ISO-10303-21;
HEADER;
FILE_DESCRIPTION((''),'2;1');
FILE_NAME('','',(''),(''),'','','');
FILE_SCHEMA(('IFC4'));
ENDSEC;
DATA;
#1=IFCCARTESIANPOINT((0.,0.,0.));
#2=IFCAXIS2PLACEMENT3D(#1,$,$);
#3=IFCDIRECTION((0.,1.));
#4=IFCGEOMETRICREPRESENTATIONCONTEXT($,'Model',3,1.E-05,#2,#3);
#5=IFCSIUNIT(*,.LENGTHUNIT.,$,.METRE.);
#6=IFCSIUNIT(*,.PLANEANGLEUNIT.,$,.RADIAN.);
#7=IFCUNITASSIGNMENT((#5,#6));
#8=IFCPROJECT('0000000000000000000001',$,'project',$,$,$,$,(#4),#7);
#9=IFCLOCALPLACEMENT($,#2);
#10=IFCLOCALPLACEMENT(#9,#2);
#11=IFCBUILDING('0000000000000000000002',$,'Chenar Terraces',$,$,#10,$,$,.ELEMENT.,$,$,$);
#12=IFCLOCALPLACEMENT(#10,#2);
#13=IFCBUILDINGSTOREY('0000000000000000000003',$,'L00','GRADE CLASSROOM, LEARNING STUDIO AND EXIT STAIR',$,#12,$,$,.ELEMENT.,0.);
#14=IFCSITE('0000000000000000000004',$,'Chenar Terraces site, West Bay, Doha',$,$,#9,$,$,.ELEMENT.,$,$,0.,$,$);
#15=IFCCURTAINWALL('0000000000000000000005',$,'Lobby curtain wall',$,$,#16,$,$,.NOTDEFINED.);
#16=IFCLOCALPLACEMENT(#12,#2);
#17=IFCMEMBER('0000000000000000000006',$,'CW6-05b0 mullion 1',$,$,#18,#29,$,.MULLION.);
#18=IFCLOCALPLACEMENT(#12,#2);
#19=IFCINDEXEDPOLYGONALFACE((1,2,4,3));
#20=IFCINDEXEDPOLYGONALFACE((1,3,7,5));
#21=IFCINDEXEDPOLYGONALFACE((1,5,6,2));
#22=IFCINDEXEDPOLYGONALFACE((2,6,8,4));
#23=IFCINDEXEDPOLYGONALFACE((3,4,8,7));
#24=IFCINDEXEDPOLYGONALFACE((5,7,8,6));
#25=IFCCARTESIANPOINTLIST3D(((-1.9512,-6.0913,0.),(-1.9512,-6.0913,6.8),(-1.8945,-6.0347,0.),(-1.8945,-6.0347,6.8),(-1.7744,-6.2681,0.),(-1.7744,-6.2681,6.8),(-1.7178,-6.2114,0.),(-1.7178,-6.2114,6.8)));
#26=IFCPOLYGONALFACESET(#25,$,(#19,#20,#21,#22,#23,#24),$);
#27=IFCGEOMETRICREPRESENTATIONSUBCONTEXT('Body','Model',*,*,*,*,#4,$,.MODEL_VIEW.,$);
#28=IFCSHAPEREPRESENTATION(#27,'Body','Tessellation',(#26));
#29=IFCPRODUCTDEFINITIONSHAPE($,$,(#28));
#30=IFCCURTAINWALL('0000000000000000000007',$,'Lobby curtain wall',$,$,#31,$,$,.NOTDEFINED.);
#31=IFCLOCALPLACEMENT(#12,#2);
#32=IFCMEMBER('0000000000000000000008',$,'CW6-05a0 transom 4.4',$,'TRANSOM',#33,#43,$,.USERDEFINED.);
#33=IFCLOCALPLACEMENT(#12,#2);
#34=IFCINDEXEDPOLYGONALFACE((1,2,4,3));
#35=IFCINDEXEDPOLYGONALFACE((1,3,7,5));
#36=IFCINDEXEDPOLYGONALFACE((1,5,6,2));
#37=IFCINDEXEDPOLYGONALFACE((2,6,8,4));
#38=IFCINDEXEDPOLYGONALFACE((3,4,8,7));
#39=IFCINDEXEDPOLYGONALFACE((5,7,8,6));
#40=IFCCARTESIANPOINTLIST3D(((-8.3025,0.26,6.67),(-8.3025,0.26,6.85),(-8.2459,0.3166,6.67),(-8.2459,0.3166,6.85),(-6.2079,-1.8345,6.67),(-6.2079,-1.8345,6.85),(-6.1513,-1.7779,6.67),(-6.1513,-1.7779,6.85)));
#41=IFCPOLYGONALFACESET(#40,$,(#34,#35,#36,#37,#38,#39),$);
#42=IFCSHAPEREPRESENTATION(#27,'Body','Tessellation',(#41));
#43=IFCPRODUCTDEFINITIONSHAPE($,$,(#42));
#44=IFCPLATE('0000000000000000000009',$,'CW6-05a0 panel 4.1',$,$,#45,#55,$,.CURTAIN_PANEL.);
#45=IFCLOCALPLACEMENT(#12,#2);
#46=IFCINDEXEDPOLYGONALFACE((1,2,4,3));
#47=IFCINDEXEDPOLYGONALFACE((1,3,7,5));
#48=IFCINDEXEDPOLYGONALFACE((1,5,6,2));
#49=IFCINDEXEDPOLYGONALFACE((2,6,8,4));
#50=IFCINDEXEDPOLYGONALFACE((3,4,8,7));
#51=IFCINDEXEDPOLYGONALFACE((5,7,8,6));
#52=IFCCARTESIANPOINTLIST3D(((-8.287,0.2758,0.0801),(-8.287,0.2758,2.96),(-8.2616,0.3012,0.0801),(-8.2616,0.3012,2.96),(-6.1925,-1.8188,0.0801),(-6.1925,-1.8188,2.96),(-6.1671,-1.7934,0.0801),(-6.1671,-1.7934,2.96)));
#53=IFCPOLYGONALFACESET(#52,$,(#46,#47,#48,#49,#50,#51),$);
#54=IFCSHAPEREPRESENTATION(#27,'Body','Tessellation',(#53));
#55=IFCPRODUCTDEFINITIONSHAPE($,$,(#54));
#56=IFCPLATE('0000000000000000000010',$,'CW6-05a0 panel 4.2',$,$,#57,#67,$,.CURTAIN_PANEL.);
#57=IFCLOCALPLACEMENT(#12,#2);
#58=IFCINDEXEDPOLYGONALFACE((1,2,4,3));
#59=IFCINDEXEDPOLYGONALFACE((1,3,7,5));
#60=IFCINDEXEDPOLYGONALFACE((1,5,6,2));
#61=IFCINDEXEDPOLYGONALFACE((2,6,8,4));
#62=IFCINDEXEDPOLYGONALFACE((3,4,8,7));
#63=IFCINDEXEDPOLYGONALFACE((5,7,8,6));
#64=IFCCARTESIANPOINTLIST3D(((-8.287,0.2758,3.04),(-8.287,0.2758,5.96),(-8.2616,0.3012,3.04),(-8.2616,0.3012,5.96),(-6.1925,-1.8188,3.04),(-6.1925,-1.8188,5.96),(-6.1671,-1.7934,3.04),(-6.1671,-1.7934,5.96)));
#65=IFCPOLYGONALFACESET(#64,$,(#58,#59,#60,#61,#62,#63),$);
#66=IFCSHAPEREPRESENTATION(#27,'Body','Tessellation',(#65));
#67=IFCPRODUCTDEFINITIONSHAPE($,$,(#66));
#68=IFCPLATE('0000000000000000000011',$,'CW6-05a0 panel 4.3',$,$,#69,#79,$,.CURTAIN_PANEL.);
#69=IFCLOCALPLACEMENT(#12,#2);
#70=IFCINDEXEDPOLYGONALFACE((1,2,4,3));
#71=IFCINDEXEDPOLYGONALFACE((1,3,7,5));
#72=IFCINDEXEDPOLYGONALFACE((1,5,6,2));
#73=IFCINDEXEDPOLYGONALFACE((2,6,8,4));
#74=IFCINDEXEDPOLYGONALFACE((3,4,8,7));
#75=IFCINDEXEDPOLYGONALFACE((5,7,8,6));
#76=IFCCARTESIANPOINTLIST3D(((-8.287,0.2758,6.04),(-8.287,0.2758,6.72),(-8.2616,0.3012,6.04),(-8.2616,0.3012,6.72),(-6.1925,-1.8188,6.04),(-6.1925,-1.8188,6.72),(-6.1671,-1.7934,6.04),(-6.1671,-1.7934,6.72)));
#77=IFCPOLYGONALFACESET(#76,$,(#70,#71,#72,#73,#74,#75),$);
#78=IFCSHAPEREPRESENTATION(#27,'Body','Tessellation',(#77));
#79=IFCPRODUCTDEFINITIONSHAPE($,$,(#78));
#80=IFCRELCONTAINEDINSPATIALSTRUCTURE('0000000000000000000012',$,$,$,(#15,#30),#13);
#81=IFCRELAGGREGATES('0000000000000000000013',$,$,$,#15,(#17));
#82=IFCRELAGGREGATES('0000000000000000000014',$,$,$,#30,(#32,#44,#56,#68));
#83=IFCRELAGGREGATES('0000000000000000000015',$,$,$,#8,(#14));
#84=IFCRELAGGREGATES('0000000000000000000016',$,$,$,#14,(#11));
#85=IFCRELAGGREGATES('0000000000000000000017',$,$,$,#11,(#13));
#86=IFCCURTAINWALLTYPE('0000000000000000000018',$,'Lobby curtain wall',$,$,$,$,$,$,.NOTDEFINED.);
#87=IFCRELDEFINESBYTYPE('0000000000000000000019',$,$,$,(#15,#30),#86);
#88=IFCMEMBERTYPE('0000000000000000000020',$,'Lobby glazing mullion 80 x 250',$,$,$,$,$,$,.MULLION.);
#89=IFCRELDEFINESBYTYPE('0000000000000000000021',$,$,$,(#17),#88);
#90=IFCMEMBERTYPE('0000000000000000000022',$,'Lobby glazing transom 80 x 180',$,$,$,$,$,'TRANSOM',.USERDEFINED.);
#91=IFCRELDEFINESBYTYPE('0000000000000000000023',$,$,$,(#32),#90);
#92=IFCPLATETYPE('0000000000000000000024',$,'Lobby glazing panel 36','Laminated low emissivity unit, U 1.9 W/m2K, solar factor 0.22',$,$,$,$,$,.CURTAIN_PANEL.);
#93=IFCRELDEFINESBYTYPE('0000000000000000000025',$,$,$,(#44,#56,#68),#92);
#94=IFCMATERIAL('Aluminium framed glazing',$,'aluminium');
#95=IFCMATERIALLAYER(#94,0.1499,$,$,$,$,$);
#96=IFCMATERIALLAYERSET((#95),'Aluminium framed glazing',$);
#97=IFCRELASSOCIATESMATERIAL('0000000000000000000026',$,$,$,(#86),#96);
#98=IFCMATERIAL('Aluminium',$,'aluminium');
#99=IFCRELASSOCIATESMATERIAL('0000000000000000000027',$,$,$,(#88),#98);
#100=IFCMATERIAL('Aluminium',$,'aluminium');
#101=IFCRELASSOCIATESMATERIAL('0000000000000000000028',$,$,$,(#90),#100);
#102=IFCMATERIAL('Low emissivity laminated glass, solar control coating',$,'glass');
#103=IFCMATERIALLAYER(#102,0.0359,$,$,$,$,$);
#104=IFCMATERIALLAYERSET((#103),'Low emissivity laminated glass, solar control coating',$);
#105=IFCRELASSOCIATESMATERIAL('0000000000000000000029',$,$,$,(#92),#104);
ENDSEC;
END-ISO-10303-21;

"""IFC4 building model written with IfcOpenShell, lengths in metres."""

from ifc_helpers import new_model, si_unit, direction, frame, origin, origin_2d, place, context, subcontext, project, spatial, rectangle, extrude, material, layer, layer_set, material_profile, profile_set, type_object, element, aggregate, save


model = new_model("IFC4")

# Units and contexts
model_context = context("Model", 3, precision=1e-05, world=origin(), true_north=direction((0.0, 1.0)))
body_context = subcontext(model_context, "Body", "Model", "MODEL_VIEW")
ifc_project = project(units=[si_unit("LENGTHUNIT", "METRE"), si_unit("PLANEANGLEUNIT", "RADIAN")], contexts=[model_context])

# Site, building, storey
site_placement = place(None, origin())
site = spatial("IfcSite", under=ifc_project, at=site_placement, Name="Chenar Terraces site, West Bay, Doha", CompositionType="ELEMENT", RefElevation=0.0)
building_placement = place(site_placement, origin())
building = spatial("IfcBuilding", under=site, at=building_placement, Name="Chenar Terraces", CompositionType="ELEMENT")
storey_placement = place(building_placement, origin())
storey = spatial("IfcBuildingStorey", under=building, at=storey_placement, Name="L00", Description="GRADE CLASSROOM, LEARNING STUDIO AND EXIT STAIR", CompositionType="ELEMENT", Elevation=0.0)

# Curtain wall, member
ifc_material_1 = material(Name="Aluminium framed glazing", Category="aluminium")
ifc_layer_1 = layer(ifc_material_1, 0.1499)
ifc_layer_set_1 = layer_set([ifc_layer_1], Name="Aluminium framed glazing")
curtain_wall_type = type_object("IfcCurtainWallType", Name="Lobby curtain wall", PredefinedType="NOTDEFINED", material=ifc_layer_set_1)
placement = place(storey_placement, origin())
curtain_wall_1 = element("IfcCurtainWall", 1, at=placement, inside=storey, type_object=curtain_wall_type, Name="Lobby curtain wall", PredefinedType="NOTDEFINED")
ifc_material_2 = material(Name="Aluminium", Category="aluminium")
ifc_material_profile_1 = material_profile(ifc_material_2, rectangle(XDim=0.0801, YDim=0.25, at=origin_2d()), Name="Lobby glazing mullion 80 x 250")
ifc_profile_set_1 = profile_set([ifc_material_profile_1], Name="Aluminium")
member_type_1 = type_object("IfcMemberType", Name="Lobby glazing mullion 80 x 250", PredefinedType="MULLION", material=ifc_profile_set_1)
member_1_placement = place(storey_placement, frame((-1.8345, -6.1514, 0.0), z_axis=(0.0, 0.0, 1.0), x_axis=(0.707107, 0.707107, 0.0)))
member_1 = element("IfcMember", 2, at=member_1_placement, type_object=member_type_1, Name="CW6-05b0 mullion 1", PredefinedType="MULLION", context=body_context, shape_type="SweptSolid", body=[
    extrude(rectangle(XDim=0.0801, YDim=0.25, at=origin_2d()), origin(), (0.0, 0.0, 1.0), 6.8),
])
aggregate(curtain_wall_1, [member_1])

# Curtain wall, member, plates
curtain_wall_2 = element("IfcCurtainWall", 3, at=placement, inside=storey, type_object=curtain_wall_type, Name="Lobby curtain wall", PredefinedType="NOTDEFINED")
ifc_material_3 = material(Name="Aluminium", Category="aluminium")
ifc_material_profile_2 = material_profile(ifc_material_3, rectangle(XDim=0.0801, YDim=0.1799, at=origin_2d()), Name="Lobby glazing transom 80 x 180")
ifc_profile_set_2 = profile_set([ifc_material_profile_2], Name="Aluminium")
member_type_2 = type_object("IfcMemberType", Name="Lobby glazing transom 80 x 180", ElementType="TRANSOM", PredefinedType="USERDEFINED", material=ifc_profile_set_2)
member_2_placement = place(storey_placement, frame((-8.2742, 0.2883, 6.76), z_axis=(0.707107, -0.707107, 0.0), x_axis=(0.707107, 0.707107, 0.0)))
member_2 = element("IfcMember", 4, at=member_2_placement, type_object=member_type_2, Name="CW6-05a0 transom 4.4", ObjectType="TRANSOM", PredefinedType="USERDEFINED", context=body_context, shape_type="SweptSolid", body=[
    extrude(rectangle(XDim=0.0801, YDim=0.1799, at=origin_2d()), origin(), (0.0, 0.0, 1.0), 2.9622),
])
ifc_material_4 = material(Name="Low emissivity laminated glass, solar control coating", Category="glass")
ifc_layer_2 = layer(ifc_material_4, 0.0359)
ifc_layer_set_2 = layer_set([ifc_layer_2], Name="Low emissivity laminated glass, solar control coating")
plate_type = type_object("IfcPlateType", Name="Lobby glazing panel 36", Description="Laminated low emissivity unit, U 1.9 W/m2K, solar factor 0.22", PredefinedType="CURTAIN_PANEL", material=ifc_layer_set_2)
plate_1_placement = place(storey_placement, frame((-7.2271, -0.7588, 0.0801), z_axis=(0.0, 0.0, 1.0), x_axis=(0.707107, -0.707107, 0.0)))
plate_1 = element("IfcPlate", 5, at=plate_1_placement, type_object=plate_type, Name="CW6-05a0 panel 4.1", PredefinedType="CURTAIN_PANEL", context=body_context, shape_type="SweptSolid", body=[
    extrude(rectangle(XDim=2.9622, YDim=0.0359, at=origin_2d()), origin(), (0.0, 0.0, 1.0), 2.8799),
])
plate_2_placement = place(storey_placement, frame((-7.2271, -0.7588, 3.04), z_axis=(0.0, 0.0, 1.0), x_axis=(0.707107, -0.707107, 0.0)))
plate_2 = element("IfcPlate", 6, at=plate_2_placement, type_object=plate_type, Name="CW6-05a0 panel 4.2", PredefinedType="CURTAIN_PANEL", context=body_context, shape_type="SweptSolid", body=[
    extrude(rectangle(XDim=2.9622, YDim=0.0359, at=origin_2d()), origin(), (0.0, 0.0, 1.0), 2.9199),
])
plate_3_placement = place(storey_placement, frame((-7.2271, -0.7588, 6.04), z_axis=(0.0, 0.0, 1.0), x_axis=(0.707107, -0.707107, 0.0)))
plate_3 = element("IfcPlate", 7, at=plate_3_placement, type_object=plate_type, Name="CW6-05a0 panel 4.3", PredefinedType="CURTAIN_PANEL", context=body_context, shape_type="SweptSolid", body=[
    extrude(rectangle(XDim=2.9622, YDim=0.0359, at=origin_2d()), origin(), (0.0, 0.0, 1.0), 0.6799),
])
aggregate(curtain_wall_2, [member_2, plate_1, plate_2, plate_3])

save(model, "model.ifc")
